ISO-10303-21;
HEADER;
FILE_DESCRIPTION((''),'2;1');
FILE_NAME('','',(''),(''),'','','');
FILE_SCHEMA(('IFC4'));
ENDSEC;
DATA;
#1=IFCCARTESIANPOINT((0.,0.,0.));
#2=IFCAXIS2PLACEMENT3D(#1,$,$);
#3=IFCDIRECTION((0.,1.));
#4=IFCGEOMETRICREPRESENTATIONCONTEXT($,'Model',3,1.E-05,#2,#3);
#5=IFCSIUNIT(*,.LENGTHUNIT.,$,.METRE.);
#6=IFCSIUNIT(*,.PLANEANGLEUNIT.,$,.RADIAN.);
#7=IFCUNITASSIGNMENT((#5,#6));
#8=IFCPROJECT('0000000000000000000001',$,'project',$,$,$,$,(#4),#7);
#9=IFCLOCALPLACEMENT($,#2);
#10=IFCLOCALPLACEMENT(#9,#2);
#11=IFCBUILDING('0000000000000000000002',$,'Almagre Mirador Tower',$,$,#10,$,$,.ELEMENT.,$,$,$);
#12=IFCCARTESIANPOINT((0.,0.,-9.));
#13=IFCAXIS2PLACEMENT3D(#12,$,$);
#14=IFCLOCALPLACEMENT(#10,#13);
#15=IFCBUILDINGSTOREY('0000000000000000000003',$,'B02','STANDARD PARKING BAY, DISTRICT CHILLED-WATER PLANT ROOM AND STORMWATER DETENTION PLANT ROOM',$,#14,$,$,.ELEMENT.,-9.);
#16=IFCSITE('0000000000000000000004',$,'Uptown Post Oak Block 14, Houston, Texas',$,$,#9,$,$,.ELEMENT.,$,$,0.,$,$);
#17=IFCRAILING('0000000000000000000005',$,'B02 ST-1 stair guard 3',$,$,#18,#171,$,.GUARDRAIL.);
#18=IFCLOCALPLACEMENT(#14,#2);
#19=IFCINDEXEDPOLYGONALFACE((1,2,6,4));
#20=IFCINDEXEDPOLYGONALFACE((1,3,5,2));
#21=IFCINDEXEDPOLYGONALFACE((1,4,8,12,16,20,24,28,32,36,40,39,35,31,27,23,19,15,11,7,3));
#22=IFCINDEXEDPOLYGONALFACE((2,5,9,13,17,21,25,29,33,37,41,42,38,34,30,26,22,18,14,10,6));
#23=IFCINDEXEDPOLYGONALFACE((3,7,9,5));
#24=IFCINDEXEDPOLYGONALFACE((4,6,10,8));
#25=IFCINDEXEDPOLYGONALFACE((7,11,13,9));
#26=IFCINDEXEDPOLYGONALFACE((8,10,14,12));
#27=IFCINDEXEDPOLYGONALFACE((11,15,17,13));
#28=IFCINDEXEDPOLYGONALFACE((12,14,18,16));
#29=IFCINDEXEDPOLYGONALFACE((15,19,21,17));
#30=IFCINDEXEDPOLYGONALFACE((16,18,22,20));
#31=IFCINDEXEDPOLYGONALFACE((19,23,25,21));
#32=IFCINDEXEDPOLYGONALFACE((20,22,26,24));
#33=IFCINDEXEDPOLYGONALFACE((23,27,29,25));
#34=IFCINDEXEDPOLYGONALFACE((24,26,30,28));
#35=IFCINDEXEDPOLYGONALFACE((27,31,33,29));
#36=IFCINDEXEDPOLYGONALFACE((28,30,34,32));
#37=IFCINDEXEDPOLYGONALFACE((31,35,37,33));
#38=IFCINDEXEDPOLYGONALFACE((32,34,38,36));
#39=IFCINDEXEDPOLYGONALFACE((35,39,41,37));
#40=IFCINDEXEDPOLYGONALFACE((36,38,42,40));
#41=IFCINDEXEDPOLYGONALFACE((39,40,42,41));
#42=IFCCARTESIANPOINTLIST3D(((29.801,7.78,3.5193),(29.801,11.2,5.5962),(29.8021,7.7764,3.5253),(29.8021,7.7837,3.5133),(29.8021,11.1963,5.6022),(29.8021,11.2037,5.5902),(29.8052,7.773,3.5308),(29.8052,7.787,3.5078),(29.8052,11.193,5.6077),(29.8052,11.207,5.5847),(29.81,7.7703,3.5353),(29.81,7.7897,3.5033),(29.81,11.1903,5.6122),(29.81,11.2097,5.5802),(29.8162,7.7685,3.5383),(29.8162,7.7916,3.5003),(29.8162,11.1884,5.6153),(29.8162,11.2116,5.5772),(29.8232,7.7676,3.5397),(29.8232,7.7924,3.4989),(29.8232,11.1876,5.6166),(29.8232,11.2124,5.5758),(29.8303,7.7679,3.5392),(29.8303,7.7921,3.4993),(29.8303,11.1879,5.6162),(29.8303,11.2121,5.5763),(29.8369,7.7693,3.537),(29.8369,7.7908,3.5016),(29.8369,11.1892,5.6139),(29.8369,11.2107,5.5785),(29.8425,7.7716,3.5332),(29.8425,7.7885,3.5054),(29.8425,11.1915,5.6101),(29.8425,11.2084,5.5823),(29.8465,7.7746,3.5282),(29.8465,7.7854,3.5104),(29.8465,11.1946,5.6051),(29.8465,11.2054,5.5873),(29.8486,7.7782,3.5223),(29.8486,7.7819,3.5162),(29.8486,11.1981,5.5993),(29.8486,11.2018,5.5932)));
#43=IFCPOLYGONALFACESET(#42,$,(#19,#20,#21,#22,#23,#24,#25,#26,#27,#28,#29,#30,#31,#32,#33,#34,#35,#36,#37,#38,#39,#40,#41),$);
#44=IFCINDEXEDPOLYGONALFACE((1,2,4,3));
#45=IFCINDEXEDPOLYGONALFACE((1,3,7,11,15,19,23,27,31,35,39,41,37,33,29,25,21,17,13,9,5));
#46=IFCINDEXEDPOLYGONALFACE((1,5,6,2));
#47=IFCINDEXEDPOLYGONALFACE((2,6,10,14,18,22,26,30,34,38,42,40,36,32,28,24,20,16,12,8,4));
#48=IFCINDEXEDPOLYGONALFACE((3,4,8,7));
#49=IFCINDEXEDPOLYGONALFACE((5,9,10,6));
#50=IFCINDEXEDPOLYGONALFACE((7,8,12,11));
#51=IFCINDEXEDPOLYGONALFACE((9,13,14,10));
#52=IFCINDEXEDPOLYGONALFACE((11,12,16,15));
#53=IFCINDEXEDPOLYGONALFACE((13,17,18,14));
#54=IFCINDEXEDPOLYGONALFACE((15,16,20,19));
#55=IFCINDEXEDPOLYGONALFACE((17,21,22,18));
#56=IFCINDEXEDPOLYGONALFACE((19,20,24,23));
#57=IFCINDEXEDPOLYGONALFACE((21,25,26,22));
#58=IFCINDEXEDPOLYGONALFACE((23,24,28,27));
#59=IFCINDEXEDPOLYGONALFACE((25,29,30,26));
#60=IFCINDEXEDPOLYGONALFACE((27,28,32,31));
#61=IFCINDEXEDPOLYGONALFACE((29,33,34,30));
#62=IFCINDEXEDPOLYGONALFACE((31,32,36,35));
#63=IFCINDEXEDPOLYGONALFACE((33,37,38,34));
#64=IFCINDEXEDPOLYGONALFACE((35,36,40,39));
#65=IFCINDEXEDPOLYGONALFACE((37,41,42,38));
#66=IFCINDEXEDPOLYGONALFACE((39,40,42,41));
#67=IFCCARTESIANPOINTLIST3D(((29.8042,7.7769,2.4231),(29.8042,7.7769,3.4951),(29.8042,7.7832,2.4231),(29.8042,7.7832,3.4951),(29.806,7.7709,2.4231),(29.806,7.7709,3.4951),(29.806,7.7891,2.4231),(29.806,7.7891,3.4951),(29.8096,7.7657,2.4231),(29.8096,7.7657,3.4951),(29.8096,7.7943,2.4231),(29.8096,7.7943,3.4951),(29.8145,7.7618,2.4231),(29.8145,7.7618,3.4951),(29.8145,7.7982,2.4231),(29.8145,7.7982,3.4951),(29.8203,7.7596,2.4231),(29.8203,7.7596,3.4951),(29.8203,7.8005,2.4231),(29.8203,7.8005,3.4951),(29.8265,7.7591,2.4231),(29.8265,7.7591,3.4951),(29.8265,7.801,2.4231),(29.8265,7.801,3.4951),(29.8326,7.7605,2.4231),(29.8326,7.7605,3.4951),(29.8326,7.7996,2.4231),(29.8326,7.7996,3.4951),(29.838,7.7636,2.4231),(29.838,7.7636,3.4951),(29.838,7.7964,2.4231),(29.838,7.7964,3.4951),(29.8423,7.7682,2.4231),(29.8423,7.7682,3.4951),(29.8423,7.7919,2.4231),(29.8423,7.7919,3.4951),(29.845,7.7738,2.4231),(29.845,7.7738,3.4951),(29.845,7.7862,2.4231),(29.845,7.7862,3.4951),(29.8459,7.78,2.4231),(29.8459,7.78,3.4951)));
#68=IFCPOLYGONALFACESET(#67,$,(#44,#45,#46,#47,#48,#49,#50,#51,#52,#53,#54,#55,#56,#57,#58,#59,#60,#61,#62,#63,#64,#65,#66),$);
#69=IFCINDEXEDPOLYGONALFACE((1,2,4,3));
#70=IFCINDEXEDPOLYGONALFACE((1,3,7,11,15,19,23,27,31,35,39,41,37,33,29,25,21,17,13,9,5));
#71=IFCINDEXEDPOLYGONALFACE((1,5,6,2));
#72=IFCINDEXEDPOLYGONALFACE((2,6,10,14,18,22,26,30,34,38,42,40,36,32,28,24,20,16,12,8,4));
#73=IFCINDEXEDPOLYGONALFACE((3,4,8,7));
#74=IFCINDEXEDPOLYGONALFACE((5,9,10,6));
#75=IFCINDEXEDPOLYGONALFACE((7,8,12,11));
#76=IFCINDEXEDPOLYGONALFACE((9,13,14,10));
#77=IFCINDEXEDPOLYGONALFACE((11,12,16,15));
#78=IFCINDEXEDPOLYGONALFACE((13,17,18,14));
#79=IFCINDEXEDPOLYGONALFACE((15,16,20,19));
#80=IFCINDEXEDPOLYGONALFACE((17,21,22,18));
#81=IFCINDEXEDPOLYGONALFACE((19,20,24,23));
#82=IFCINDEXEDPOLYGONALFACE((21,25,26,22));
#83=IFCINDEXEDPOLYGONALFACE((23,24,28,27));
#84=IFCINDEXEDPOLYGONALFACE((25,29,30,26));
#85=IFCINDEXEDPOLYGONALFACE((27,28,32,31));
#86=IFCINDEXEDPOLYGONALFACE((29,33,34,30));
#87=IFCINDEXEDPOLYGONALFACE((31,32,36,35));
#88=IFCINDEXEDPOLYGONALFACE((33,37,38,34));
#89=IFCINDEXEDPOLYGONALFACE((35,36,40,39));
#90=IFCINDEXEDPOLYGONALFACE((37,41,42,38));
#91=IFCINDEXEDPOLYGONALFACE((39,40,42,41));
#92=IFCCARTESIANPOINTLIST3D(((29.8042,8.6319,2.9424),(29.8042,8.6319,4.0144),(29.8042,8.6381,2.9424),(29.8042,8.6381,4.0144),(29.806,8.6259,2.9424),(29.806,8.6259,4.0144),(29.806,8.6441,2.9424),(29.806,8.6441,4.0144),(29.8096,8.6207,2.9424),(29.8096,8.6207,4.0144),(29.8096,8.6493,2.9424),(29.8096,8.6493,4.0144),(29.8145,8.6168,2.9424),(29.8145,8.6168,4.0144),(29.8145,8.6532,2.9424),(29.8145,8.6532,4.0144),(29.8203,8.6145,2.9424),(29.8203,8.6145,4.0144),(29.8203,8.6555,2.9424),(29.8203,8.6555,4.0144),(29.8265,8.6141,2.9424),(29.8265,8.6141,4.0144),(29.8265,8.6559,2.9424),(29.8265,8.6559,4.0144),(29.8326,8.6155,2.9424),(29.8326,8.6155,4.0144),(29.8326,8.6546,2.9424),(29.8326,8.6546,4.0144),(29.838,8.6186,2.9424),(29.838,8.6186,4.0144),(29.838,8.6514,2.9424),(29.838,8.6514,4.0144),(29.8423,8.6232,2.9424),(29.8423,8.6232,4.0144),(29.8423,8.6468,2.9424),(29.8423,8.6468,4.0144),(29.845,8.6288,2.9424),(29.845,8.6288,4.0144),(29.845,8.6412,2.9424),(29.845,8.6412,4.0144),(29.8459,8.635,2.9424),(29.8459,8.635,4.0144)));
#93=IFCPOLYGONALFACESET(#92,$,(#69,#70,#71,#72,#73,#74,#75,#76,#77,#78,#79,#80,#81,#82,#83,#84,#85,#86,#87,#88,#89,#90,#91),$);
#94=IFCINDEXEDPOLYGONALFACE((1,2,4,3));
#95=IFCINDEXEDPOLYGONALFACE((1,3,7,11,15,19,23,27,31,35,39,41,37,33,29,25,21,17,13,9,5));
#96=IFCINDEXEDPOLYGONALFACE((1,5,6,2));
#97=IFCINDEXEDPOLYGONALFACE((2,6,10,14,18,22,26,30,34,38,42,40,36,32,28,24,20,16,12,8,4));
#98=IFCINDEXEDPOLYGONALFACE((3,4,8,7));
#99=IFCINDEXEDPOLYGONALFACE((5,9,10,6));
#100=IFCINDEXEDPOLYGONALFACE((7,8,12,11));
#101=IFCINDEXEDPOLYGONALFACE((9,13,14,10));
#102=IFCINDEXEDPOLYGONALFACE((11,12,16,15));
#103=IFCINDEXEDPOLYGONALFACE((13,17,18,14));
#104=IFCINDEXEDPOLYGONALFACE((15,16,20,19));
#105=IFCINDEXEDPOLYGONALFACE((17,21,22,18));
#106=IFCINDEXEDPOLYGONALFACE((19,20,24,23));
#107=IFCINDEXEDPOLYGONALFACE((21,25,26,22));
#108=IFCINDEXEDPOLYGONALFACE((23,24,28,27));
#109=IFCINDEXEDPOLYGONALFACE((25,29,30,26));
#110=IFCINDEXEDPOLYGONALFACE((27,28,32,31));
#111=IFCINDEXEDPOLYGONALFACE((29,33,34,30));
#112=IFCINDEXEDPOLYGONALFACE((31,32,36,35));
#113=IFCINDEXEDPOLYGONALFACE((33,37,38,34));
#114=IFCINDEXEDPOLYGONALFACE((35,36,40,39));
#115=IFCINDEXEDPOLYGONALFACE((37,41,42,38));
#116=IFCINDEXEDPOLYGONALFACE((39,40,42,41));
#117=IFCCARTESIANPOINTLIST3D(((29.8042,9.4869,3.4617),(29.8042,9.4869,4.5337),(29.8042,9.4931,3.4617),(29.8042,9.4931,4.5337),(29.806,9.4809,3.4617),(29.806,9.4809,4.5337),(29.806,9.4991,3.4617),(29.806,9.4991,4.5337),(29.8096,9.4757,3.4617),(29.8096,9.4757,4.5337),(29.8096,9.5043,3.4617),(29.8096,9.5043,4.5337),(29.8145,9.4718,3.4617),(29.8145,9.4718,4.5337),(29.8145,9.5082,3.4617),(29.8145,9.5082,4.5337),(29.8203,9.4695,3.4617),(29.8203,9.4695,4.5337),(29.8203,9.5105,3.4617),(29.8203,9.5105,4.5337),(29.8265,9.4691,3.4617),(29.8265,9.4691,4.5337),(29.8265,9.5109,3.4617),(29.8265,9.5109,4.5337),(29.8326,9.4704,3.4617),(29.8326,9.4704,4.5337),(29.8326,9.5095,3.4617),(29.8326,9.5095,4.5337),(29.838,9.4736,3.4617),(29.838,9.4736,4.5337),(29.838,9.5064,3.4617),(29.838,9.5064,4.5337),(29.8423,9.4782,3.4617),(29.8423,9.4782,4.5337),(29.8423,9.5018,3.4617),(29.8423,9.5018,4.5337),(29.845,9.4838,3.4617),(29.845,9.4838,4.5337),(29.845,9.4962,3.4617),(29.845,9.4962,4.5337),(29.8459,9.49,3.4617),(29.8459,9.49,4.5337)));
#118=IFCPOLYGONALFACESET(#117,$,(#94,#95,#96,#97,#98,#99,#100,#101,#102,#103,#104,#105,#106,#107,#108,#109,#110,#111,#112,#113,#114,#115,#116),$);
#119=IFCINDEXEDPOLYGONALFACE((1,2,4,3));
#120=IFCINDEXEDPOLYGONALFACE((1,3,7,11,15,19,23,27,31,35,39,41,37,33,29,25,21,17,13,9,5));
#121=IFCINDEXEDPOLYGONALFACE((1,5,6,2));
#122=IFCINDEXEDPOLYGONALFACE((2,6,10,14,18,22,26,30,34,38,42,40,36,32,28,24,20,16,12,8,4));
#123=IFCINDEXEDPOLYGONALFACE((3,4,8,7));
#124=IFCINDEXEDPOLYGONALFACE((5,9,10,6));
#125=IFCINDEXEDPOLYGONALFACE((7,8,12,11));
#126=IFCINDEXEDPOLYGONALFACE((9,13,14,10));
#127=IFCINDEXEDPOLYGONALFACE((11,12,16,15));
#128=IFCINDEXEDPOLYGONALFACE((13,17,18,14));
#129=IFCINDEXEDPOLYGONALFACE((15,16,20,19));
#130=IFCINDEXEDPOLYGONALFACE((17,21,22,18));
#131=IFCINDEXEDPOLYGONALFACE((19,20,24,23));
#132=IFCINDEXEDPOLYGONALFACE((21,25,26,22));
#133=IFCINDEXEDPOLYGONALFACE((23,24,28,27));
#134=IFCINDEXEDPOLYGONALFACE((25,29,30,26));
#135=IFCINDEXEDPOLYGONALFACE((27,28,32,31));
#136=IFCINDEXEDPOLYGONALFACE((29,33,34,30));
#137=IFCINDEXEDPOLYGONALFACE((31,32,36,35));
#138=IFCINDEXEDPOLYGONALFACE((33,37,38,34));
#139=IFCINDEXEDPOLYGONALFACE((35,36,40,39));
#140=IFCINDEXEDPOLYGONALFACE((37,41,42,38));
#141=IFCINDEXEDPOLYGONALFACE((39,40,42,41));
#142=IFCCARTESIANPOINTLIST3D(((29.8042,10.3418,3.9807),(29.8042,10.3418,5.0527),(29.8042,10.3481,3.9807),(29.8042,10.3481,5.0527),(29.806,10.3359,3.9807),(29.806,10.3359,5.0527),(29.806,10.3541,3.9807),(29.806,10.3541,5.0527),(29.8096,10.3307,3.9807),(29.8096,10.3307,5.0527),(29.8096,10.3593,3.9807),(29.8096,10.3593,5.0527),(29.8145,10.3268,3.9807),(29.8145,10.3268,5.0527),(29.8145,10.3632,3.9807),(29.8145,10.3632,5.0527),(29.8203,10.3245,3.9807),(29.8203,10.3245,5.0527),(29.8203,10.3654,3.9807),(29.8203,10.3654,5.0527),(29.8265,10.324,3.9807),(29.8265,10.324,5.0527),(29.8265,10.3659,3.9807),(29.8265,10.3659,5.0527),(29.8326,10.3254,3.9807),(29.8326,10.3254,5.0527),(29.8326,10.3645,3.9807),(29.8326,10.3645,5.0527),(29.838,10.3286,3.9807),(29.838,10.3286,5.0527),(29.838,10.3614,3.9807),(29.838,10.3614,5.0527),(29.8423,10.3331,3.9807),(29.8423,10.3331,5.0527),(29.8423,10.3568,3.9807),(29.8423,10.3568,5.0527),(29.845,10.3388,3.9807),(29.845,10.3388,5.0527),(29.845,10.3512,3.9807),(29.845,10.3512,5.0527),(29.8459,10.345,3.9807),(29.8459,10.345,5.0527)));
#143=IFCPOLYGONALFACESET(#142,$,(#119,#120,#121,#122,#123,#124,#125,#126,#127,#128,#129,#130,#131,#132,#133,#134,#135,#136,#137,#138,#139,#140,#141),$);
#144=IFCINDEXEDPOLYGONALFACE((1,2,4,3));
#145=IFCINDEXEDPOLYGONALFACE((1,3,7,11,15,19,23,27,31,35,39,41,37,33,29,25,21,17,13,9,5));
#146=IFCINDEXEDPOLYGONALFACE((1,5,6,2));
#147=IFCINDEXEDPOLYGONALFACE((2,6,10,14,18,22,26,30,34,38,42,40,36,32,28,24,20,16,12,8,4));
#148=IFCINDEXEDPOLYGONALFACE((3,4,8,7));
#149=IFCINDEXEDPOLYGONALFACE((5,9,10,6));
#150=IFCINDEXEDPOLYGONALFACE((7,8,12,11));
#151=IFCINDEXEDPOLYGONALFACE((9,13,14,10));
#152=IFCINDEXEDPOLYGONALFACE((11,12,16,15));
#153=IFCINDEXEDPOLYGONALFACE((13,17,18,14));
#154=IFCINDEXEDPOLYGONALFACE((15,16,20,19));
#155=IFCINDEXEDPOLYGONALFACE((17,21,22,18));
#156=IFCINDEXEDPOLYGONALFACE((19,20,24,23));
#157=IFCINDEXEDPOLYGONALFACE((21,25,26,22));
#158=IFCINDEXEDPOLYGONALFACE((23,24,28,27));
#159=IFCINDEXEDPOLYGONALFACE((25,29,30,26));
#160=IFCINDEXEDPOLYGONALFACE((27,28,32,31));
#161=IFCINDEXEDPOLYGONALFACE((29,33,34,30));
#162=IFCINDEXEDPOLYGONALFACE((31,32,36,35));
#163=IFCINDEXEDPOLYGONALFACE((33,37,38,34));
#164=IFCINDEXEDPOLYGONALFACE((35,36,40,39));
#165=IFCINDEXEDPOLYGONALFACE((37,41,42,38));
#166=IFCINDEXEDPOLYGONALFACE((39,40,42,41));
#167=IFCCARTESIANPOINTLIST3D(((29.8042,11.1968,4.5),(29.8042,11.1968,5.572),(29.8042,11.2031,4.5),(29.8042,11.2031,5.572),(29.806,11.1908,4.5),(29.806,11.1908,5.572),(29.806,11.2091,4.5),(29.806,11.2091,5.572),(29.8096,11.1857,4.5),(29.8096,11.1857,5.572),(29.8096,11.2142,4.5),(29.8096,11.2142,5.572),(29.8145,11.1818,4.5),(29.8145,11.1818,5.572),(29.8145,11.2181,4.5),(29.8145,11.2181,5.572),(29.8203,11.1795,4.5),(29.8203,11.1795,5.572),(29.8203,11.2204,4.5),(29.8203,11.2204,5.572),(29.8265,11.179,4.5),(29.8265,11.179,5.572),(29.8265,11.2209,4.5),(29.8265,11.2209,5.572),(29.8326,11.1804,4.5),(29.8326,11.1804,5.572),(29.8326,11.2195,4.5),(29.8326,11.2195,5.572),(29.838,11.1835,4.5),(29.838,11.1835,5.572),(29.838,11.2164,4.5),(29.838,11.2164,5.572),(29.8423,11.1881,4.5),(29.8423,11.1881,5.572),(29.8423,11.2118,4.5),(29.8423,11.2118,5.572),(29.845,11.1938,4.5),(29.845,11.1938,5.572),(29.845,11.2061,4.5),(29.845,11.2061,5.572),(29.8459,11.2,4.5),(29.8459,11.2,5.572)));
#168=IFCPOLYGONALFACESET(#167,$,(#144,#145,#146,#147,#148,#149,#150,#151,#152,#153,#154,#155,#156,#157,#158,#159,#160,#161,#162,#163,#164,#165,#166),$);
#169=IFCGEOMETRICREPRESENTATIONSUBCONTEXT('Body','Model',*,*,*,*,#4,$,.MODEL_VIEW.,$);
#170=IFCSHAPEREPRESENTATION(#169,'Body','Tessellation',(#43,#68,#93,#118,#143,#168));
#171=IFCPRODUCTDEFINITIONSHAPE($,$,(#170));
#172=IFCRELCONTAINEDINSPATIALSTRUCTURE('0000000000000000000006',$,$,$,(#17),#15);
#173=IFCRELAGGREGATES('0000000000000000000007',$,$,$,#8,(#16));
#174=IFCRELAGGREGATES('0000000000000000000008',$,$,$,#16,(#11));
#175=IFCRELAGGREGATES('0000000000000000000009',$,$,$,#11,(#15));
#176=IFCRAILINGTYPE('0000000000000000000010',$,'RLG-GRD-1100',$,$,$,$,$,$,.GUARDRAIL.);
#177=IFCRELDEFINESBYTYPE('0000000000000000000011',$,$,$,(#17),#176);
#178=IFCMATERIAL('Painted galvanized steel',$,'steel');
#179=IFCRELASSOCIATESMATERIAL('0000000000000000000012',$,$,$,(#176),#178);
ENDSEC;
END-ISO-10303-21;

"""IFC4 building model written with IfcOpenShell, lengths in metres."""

from ifc_helpers import new_model, si_unit, direction, frame, origin, origin_2d, place, context, subcontext, project, spatial, circle, extrude, material, type_object, element, save


model = new_model("IFC4")

# Units and contexts
model_context = context("Model", 3, precision=1e-05, world=origin(), true_north=direction((0.0, 1.0)))
body_context = subcontext(model_context, "Body", "Model", "MODEL_VIEW")
ifc_project = project(units=[si_unit("LENGTHUNIT", "METRE"), si_unit("PLANEANGLEUNIT", "RADIAN")], contexts=[model_context])

# Site, building, storey
site_placement = place(None, origin())
site = spatial("IfcSite", under=ifc_project, at=site_placement, Name="Uptown Post Oak Block 14, Houston, Texas", CompositionType="ELEMENT", RefElevation=0.0)
building_placement = place(site_placement, origin())
building = spatial("IfcBuilding", under=site, at=building_placement, Name="Almagre Mirador Tower", CompositionType="ELEMENT")
storey_placement = place(building_placement, frame((0.0, 0.0, -9.0)))
storey = spatial("IfcBuildingStorey", under=building, at=storey_placement, Name="B02", Description="STANDARD PARKING BAY, DISTRICT CHILLED-WATER PLANT ROOM AND STORMWATER DETENTION PLANT ROOM", CompositionType="ELEMENT", Elevation=-9.0)

# Railing
ifc_material_1 = material(Name="Painted galvanized steel", Category="steel")
railing_type_1 = type_object("IfcRailingType", Name="RLG-GRD-1100", PredefinedType="GUARDRAIL", material=ifc_material_1)
railing_1_placement = place(storey_placement, frame((29.825, 7.78, 2.4231)))
element("IfcRailing", 1, at=railing_1_placement, inside=storey, type_object=railing_type_1, Name="B02 ST-1 stair guard 3", PredefinedType="GUARDRAIL", context=body_context, shape_type="SweptSolid", body=[
    extrude(circle(Radius=0.0239, at=origin_2d()), frame((0.0, 0.0, 1.0962), z_axis=(0.0, 0.85473, 0.519074), x_axis=(-1.0, 0.0, 0.0)), (0.0, 0.0, 1.0), 4.0012),
    extrude(circle(Radius=0.021, at=origin_2d()), origin(), (0.0, 0.0, 1.0), 1.072),
    extrude(circle(Radius=0.021, at=origin_2d()), frame((0.0, 0.855, 0.5193)), (0.0, 0.0, 1.0), 1.072),
    extrude(circle(Radius=0.021, at=origin_2d()), frame((0.0, 1.71, 1.0386)), (0.0, 0.0, 1.0), 1.072),
    extrude(circle(Radius=0.021, at=origin_2d()), frame((0.0, 2.5649, 1.5576)), (0.0, 0.0, 1.0), 1.072),
    extrude(circle(Radius=0.021, at=origin_2d()), frame((0.0, 3.4199, 2.0769)), (0.0, 0.0, 1.0), 1.072),
])

save(model, "model.ifc")
